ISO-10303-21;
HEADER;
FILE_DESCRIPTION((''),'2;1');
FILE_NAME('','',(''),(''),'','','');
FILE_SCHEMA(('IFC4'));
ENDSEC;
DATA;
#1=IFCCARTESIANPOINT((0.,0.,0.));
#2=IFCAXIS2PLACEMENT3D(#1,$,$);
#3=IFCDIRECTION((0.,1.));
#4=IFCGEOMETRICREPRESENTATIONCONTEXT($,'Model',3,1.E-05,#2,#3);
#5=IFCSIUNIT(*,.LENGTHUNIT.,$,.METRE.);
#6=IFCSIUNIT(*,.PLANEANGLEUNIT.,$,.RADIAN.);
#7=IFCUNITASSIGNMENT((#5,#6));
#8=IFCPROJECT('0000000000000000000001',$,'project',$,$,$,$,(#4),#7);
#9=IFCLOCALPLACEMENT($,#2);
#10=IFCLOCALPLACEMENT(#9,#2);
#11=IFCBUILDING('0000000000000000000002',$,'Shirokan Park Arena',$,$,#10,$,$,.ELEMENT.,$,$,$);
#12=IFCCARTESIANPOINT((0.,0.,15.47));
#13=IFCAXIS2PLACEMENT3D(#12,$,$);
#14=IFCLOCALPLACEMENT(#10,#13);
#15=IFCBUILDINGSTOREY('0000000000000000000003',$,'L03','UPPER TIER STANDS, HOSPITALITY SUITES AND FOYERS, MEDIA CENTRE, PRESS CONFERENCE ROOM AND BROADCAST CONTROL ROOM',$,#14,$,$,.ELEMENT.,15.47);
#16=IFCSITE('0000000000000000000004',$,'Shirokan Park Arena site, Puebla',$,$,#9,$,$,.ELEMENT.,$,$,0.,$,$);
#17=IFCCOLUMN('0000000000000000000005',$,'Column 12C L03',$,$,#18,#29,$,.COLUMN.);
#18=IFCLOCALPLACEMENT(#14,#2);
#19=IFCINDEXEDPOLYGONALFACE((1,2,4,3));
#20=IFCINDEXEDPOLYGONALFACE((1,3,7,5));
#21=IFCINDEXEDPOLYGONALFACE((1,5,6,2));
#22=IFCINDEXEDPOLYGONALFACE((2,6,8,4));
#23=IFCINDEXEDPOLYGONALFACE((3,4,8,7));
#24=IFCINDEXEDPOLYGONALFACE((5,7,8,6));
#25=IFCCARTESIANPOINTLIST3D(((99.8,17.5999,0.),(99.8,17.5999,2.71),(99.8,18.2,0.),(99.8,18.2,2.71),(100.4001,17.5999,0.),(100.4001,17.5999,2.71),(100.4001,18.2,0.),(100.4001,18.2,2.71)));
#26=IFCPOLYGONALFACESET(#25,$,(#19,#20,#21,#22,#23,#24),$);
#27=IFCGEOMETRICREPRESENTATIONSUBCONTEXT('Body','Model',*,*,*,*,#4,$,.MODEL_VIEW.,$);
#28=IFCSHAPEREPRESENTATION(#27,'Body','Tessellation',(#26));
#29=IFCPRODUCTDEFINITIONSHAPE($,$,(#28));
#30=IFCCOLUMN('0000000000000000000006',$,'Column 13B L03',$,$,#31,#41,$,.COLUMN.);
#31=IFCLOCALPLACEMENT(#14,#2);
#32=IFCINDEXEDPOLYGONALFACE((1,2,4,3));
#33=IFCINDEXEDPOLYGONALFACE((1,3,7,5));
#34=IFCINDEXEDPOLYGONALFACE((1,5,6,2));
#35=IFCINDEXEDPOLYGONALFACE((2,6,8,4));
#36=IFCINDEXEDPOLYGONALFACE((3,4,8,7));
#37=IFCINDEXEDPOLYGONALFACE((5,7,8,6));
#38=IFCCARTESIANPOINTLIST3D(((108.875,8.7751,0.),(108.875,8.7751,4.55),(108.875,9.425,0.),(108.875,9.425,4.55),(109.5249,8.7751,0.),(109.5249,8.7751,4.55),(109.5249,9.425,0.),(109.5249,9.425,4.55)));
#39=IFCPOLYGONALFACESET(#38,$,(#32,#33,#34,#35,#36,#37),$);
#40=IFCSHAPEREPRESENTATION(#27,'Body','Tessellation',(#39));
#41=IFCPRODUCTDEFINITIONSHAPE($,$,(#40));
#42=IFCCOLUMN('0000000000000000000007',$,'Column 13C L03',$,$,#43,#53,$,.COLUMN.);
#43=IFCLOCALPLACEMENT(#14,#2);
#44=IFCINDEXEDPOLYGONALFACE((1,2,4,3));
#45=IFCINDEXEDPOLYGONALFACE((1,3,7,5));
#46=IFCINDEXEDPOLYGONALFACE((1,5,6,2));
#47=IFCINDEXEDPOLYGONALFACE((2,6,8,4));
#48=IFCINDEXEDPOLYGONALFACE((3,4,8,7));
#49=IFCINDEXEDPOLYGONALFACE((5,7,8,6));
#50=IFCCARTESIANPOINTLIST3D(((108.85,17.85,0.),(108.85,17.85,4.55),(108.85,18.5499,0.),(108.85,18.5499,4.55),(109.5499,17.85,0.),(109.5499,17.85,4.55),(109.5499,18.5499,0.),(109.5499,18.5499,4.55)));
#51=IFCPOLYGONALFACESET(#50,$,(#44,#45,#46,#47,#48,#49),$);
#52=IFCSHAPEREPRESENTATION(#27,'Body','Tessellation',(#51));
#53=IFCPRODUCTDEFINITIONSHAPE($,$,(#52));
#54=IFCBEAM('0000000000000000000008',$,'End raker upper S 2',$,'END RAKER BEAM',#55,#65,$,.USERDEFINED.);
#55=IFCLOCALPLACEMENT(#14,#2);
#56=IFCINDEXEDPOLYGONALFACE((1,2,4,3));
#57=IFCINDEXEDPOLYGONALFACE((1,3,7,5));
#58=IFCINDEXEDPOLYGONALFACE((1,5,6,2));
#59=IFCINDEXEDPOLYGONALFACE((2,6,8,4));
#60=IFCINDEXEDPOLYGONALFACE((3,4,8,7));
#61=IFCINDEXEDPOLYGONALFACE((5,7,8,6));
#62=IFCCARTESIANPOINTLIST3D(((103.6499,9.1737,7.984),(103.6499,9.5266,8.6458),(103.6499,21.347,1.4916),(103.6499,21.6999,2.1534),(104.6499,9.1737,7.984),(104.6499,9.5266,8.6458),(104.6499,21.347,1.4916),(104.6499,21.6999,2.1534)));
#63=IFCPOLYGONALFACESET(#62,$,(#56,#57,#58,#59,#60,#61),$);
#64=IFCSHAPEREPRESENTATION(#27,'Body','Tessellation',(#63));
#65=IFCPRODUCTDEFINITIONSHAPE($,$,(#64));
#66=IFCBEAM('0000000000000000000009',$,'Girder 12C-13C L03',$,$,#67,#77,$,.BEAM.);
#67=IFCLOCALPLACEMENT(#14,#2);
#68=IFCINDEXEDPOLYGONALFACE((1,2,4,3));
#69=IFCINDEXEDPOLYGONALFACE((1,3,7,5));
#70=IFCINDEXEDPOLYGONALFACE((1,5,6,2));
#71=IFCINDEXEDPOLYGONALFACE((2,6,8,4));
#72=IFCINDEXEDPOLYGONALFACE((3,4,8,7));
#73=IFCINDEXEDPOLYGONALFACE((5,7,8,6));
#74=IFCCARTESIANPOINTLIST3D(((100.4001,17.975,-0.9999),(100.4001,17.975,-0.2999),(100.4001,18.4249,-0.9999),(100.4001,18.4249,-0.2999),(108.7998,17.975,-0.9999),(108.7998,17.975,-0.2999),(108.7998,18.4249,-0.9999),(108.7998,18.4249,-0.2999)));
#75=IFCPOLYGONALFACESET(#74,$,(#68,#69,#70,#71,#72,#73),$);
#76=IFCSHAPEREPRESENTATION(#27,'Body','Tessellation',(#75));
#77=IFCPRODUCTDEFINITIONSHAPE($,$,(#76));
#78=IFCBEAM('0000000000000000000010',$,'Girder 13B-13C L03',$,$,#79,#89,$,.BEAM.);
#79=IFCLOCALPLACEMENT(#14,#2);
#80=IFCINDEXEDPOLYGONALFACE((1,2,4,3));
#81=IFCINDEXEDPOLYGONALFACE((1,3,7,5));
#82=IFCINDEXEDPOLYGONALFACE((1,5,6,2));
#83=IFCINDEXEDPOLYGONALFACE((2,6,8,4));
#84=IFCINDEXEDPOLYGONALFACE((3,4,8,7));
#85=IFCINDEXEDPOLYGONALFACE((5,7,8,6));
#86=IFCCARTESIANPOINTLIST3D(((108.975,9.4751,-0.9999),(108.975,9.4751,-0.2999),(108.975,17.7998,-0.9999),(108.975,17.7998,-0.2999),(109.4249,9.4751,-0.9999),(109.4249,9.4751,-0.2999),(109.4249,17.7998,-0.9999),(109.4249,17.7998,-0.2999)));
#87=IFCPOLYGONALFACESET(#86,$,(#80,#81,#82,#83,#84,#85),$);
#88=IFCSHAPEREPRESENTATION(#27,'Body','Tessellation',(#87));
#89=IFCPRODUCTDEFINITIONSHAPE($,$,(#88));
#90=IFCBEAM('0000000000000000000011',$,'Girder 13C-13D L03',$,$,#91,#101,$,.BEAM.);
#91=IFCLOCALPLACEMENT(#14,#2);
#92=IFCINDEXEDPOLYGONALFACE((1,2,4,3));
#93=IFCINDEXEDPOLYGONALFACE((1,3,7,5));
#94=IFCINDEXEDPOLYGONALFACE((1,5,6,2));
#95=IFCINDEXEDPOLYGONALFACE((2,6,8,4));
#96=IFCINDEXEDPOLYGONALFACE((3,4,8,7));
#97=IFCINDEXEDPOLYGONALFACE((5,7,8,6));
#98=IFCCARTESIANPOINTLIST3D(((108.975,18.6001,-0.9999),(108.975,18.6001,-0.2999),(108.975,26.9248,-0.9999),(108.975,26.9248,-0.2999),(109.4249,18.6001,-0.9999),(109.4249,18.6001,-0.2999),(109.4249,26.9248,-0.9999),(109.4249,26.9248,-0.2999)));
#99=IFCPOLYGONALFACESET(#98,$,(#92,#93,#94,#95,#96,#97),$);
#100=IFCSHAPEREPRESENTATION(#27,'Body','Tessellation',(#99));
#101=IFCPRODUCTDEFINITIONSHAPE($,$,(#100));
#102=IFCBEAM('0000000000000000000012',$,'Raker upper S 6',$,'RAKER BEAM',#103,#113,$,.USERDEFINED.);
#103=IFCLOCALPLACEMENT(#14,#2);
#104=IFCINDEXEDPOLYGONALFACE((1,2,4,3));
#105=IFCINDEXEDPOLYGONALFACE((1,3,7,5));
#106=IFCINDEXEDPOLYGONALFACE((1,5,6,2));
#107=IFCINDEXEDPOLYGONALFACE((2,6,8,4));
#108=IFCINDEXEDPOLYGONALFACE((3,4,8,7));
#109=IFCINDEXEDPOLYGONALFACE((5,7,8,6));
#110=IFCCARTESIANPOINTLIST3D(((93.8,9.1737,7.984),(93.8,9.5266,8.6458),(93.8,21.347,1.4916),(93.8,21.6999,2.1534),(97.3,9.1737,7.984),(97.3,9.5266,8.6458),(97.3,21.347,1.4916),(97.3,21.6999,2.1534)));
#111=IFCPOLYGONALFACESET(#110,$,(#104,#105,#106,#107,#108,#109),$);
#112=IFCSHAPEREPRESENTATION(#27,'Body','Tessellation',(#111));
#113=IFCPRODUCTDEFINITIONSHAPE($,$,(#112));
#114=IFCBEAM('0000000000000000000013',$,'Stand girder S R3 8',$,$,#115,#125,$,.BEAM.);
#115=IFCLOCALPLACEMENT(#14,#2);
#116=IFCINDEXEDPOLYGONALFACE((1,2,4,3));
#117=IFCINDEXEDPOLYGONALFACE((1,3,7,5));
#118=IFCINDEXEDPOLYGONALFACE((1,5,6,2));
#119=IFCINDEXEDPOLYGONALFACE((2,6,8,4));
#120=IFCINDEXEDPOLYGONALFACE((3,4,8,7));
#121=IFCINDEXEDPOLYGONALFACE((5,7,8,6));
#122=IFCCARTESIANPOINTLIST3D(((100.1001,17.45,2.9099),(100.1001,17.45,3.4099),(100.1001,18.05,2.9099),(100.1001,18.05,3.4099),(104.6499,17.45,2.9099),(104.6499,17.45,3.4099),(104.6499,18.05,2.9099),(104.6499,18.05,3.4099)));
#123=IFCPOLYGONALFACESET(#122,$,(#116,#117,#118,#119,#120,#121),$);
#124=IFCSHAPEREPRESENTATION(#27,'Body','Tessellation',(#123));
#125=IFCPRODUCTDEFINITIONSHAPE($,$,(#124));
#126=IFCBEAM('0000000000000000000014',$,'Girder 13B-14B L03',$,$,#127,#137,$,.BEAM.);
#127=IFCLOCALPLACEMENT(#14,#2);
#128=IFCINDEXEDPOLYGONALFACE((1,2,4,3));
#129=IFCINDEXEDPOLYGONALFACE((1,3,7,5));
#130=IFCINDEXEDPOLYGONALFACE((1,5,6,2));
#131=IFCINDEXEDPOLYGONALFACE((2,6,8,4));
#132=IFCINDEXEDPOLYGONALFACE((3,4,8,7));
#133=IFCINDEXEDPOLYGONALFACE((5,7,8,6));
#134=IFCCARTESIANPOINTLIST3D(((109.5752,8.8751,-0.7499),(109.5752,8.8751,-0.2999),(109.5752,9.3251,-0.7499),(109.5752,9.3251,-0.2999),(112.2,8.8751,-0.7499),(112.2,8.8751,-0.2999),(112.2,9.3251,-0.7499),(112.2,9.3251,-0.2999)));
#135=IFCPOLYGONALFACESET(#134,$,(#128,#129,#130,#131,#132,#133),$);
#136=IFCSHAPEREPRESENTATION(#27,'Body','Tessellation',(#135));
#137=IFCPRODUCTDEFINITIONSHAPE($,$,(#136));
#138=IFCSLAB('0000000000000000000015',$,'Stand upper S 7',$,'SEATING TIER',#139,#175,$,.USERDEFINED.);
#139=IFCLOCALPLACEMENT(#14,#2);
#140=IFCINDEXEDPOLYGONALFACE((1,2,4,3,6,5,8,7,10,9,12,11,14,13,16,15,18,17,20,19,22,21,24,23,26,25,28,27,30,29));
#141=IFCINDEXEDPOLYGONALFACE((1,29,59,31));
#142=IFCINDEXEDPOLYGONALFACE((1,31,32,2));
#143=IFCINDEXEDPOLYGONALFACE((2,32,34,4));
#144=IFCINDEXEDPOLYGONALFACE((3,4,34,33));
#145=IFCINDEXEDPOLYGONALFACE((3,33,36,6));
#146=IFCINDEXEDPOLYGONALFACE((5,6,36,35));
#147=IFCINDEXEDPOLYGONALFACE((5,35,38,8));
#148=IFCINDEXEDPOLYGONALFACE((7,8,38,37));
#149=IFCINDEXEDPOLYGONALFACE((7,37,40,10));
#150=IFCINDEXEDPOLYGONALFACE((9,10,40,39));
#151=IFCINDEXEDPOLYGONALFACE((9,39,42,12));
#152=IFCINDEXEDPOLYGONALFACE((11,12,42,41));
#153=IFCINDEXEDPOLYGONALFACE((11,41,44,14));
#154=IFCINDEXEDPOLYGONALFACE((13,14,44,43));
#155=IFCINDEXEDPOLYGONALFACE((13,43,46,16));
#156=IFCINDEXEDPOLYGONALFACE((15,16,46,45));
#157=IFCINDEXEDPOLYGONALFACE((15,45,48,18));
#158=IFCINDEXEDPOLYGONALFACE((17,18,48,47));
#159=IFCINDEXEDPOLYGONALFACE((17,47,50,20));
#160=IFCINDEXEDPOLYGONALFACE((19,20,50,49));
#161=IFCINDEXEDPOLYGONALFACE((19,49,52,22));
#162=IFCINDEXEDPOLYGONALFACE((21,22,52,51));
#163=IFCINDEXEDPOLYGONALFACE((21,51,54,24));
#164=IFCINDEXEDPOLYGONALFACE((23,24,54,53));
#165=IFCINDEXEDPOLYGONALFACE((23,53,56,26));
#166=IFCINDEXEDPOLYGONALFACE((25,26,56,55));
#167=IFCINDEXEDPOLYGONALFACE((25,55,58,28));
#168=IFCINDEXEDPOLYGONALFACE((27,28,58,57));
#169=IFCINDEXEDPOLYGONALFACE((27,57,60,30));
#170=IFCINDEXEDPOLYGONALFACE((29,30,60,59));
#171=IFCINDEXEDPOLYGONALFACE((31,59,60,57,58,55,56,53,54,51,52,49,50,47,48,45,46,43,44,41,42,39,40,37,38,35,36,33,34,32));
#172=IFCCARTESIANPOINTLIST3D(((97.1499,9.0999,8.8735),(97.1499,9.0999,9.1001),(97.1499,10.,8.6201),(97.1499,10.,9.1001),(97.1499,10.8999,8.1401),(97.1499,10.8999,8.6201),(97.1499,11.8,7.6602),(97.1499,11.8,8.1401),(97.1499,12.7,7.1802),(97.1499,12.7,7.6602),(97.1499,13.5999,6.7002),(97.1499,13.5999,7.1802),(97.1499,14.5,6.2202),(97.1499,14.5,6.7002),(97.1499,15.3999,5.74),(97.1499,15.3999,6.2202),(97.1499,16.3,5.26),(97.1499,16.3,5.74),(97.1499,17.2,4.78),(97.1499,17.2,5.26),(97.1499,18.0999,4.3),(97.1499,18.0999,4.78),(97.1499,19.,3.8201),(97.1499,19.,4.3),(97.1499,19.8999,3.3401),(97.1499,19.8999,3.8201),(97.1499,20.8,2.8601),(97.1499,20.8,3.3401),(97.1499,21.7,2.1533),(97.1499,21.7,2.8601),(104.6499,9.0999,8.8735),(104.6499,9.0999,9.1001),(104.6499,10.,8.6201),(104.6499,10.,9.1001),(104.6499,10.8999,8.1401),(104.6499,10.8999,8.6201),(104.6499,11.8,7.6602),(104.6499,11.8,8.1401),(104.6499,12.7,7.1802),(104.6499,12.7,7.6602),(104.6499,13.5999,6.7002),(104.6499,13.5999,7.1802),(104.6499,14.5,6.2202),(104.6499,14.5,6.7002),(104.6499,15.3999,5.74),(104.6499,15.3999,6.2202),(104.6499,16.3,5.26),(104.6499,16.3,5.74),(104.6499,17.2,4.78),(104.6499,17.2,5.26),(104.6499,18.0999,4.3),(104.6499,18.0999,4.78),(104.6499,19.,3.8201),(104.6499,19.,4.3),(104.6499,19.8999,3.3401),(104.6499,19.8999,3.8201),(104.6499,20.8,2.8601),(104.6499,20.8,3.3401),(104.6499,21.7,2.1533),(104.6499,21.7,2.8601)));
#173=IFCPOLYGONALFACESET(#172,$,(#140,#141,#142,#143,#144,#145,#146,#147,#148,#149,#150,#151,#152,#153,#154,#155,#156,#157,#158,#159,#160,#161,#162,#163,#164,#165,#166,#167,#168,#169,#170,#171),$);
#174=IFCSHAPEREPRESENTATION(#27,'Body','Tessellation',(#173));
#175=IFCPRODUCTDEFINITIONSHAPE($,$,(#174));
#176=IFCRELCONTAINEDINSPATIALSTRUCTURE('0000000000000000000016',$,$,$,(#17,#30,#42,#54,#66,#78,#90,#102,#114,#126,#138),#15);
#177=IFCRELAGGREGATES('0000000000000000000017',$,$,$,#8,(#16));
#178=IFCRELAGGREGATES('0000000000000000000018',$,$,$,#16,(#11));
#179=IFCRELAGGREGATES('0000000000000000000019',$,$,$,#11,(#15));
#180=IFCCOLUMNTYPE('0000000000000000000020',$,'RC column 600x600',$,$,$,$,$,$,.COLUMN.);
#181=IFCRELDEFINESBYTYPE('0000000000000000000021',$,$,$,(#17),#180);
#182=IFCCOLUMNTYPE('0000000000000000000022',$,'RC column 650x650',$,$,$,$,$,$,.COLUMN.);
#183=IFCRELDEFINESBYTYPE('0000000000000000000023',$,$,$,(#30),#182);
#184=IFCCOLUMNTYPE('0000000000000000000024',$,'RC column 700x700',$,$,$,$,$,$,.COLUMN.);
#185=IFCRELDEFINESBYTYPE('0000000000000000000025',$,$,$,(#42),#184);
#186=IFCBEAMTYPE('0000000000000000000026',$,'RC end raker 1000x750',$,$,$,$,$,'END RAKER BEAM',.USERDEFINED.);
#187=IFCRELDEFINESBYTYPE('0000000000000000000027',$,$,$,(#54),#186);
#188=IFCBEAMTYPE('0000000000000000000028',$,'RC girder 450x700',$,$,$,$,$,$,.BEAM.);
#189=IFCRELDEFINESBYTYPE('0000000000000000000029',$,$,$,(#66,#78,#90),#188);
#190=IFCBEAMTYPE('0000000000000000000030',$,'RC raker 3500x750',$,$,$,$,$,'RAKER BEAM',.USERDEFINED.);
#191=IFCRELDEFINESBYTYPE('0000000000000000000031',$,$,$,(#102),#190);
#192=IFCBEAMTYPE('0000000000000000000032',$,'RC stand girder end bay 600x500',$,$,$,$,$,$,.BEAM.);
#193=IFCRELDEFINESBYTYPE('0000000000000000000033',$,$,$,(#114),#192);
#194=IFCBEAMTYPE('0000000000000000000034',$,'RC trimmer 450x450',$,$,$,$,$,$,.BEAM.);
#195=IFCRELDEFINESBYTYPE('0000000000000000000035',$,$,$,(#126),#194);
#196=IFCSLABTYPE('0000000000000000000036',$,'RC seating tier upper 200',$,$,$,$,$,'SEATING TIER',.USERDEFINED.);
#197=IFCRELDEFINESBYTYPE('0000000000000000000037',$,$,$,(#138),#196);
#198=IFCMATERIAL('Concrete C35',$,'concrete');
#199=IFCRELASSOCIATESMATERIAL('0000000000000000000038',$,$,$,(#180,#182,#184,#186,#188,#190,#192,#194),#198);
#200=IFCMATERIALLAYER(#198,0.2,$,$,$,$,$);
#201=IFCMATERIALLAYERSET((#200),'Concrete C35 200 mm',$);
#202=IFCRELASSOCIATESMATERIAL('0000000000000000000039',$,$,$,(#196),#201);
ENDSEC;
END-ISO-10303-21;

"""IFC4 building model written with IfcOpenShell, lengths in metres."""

from ifc_helpers import new_model, si_unit, direction, frame, origin, origin_2d, place, context, subcontext, project, spatial, polyline, rectangle, outline, extrude, material, layer, layer_set, material_profile, profile_set, type_object, element, save


model = new_model("IFC4")

# Units and contexts
model_context = context("Model", 3, precision=1e-05, world=origin(), true_north=direction((0.0, 1.0)))
body_context = subcontext(model_context, "Body", "Model", "MODEL_VIEW")
ifc_project = project(units=[si_unit("LENGTHUNIT", "METRE"), si_unit("PLANEANGLEUNIT", "RADIAN")], contexts=[model_context])

# Site, building, storey
site_placement = place(None, origin())
site = spatial("IfcSite", under=ifc_project, at=site_placement, Name="Shirokan Park Arena site, Puebla", CompositionType="ELEMENT", RefElevation=0.0)
building_placement = place(site_placement, origin())
building = spatial("IfcBuilding", under=site, at=building_placement, Name="Shirokan Park Arena", CompositionType="ELEMENT")
storey_placement = place(building_placement, frame((0.0, 0.0, 15.47)))
storey = spatial("IfcBuildingStorey", under=building, at=storey_placement, Name="L03", Description="UPPER TIER STANDS, HOSPITALITY SUITES AND FOYERS, MEDIA CENTRE, PRESS CONFERENCE ROOM AND BROADCAST CONTROL ROOM", CompositionType="ELEMENT", Elevation=15.47)

# Columns
ifc_material_1 = material(Name="Concrete C35", Category="concrete")
ifc_material_profile_1 = material_profile(ifc_material_1, rectangle(XDim=0.6001, YDim=0.6001, at=origin_2d()), Name="600x600")
ifc_profile_set_1 = profile_set([ifc_material_profile_1], Name="Concrete C35")
column_type_1 = type_object("IfcColumnType", Name="RC column 600x600", PredefinedType="COLUMN", material=ifc_profile_set_1)
column_1_placement = place(storey_placement, frame((100.1001, 17.8999, 0.0), z_axis=(0.0, 0.0, 1.0), x_axis=(1.0, 0.0, 0.0)))
element("IfcColumn", 1, at=column_1_placement, inside=storey, type_object=column_type_1, Name="Column 12C L03", PredefinedType="COLUMN", context=body_context, shape_type="SweptSolid", body=[
    extrude(rectangle(XDim=0.6001, YDim=0.6001, at=origin_2d()), origin(), (0.0, 0.0, 1.0), 2.71),
])
ifc_material_profile_2 = material_profile(ifc_material_1, rectangle(XDim=0.6499, YDim=0.6499, at=origin_2d()), Name="650x650")
ifc_profile_set_2 = profile_set([ifc_material_profile_2], Name="Concrete C35")
column_type_2 = type_object("IfcColumnType", Name="RC column 650x650", PredefinedType="COLUMN", material=ifc_profile_set_2)
column_2_placement = place(storey_placement, frame((109.2, 9.1001, 0.0), z_axis=(0.0, 0.0, 1.0), x_axis=(1.0, 0.0, 0.0)))
element("IfcColumn", 2, at=column_2_placement, inside=storey, type_object=column_type_2, Name="Column 13B L03", PredefinedType="COLUMN", context=body_context, shape_type="SweptSolid", body=[
    extrude(rectangle(XDim=0.6499, YDim=0.6499, at=origin_2d()), origin(), (0.0, 0.0, 1.0), 4.55),
])
ifc_material_profile_3 = material_profile(ifc_material_1, rectangle(XDim=0.7, YDim=0.7, at=origin_2d()), Name="700x700")
ifc_profile_set_3 = profile_set([ifc_material_profile_3], Name="Concrete C35")
column_type_3 = type_object("IfcColumnType", Name="RC column 700x700", PredefinedType="COLUMN", material=ifc_profile_set_3)
column_3_placement = place(storey_placement, frame((109.2, 18.2, 0.0), z_axis=(0.0, 0.0, 1.0), x_axis=(1.0, 0.0, 0.0)))
element("IfcColumn", 3, at=column_3_placement, inside=storey, type_object=column_type_3, Name="Column 13C L03", PredefinedType="COLUMN", context=body_context, shape_type="SweptSolid", body=[
    extrude(rectangle(XDim=0.7, YDim=0.7, at=origin_2d()), origin(), (0.0, 0.0, 1.0), 4.55),
])

# Beams
ifc_material_profile_4 = material_profile(ifc_material_1, rectangle(XDim=1.0, YDim=0.75, at=origin_2d()), Name="1000x750")
ifc_profile_set_4 = profile_set([ifc_material_profile_4], Name="Concrete C35")
beam_type_1 = type_object("IfcBeamType", Name="RC end raker 1000x750", ElementType="END RAKER BEAM", PredefinedType="USERDEFINED", material=ifc_profile_set_4)
beam_1_placement = place(storey_placement, frame((104.1499, 21.5234, 1.8225), z_axis=(0.0, -0.882353, 0.470587), x_axis=(1.0, 0.0, 0.0)))
element("IfcBeam", 4, at=beam_1_placement, inside=storey, type_object=beam_type_1, Name="End raker upper S 2", ObjectType="END RAKER BEAM", PredefinedType="USERDEFINED", context=body_context, shape_type="SweptSolid", body=[
    extrude(rectangle(XDim=1.0, YDim=0.75, at=origin_2d()), origin(), (0.0, 0.0, 1.0), 13.7964),
])
ifc_material_profile_5 = material_profile(ifc_material_1, rectangle(XDim=0.45, YDim=0.7, at=origin_2d()), Name="450x700")
ifc_profile_set_5 = profile_set([ifc_material_profile_5], Name="Concrete C35")
beam_type_2 = type_object("IfcBeamType", Name="RC girder 450x700", PredefinedType="BEAM", material=ifc_profile_set_5)
beam_2_placement = place(storey_placement, frame((100.4001, 18.2, -0.6499), z_axis=(1.0, 0.0, 0.0), x_axis=(0.0, 1.0, 0.0)))
element("IfcBeam", 5, at=beam_2_placement, inside=storey, type_object=beam_type_2, Name="Girder 12C-13C L03", PredefinedType="BEAM", context=body_context, shape_type="SweptSolid", body=[
    extrude(rectangle(XDim=0.45, YDim=0.7, at=origin_2d()), origin(), (0.0, 0.0, 1.0), 8.3997),
])
for number, where, z_axis, x_axis, name in (
    (6, (109.2, 9.4751, -0.6499), (0.0, 1.0, 0.0), (-1.0, 0.0, 0.0), "Girder 13B-13C L03"),
    (7, (109.2, 18.6001, -0.6499), (0.0, 1.0, 0.0), (-1.0, 0.0, 0.0), "Girder 13C-13D L03"),
):
    element("IfcBeam", number, at=place(storey_placement, frame(where, z_axis=z_axis, x_axis=x_axis)), inside=storey, type_object=beam_type_2, Name=name, PredefinedType="BEAM", context=body_context, shape_type="SweptSolid", body=[
        extrude(rectangle(XDim=0.45, YDim=0.7, at=origin_2d()), origin(), (0.0, 0.0, 1.0), 8.3247),
    ])
ifc_material_profile_6 = material_profile(ifc_material_1, rectangle(XDim=3.5, YDim=0.75, at=origin_2d()), Name="3500x750")
ifc_profile_set_6 = profile_set([ifc_material_profile_6], Name="Concrete C35")
beam_type_3 = type_object("IfcBeamType", Name="RC raker 3500x750", ElementType="RAKER BEAM", PredefinedType="USERDEFINED", material=ifc_profile_set_6)
beam_3_placement = place(storey_placement, frame((95.55, 21.5234, 1.8225), z_axis=(0.0, -0.882353, 0.470587), x_axis=(1.0, 0.0, 0.0)))
element("IfcBeam", 8, at=beam_3_placement, inside=storey, type_object=beam_type_3, Name="Raker upper S 6", ObjectType="RAKER BEAM", PredefinedType="USERDEFINED", context=body_context, shape_type="SweptSolid", body=[
    extrude(rectangle(XDim=3.5, YDim=0.75, at=origin_2d()), origin(), (0.0, 0.0, 1.0), 13.7964),
])
ifc_material_profile_7 = material_profile(ifc_material_1, rectangle(XDim=0.6001, YDim=0.5, at=origin_2d()), Name="600x500")
ifc_profile_set_7 = profile_set([ifc_material_profile_7], Name="Concrete C35")
beam_type_4 = type_object("IfcBeamType", Name="RC stand girder end bay 600x500", PredefinedType="BEAM", material=ifc_profile_set_7)
beam_4_placement = place(storey_placement, frame((100.1001, 17.75, 3.1599), z_axis=(1.0, 0.0, 0.0), x_axis=(0.0, 1.0, 0.0)))
element("IfcBeam", 9, at=beam_4_placement, inside=storey, type_object=beam_type_4, Name="Stand girder S R3 8", PredefinedType="BEAM", context=body_context, shape_type="SweptSolid", body=[
    extrude(rectangle(XDim=0.6001, YDim=0.5, at=origin_2d()), origin(), (0.0, 0.0, 1.0), 4.5498),
])
ifc_material_profile_8 = material_profile(ifc_material_1, rectangle(XDim=0.45, YDim=0.45, at=origin_2d()), Name="450x450")
ifc_profile_set_8 = profile_set([ifc_material_profile_8], Name="Concrete C35")
beam_type_5 = type_object("IfcBeamType", Name="RC trimmer 450x450", PredefinedType="BEAM", material=ifc_profile_set_8)
beam_5_placement = place(storey_placement, frame((109.5752, 9.1001, -0.5249), z_axis=(1.0, 0.0, 0.0), x_axis=(0.0, 1.0, 0.0)))
element("IfcBeam", 10, at=beam_5_placement, inside=storey, type_object=beam_type_5, Name="Girder 13B-14B L03", PredefinedType="BEAM", context=body_context, shape_type="SweptSolid", body=[
    extrude(rectangle(XDim=0.45, YDim=0.45, at=origin_2d()), origin(), (0.0, 0.0, 1.0), 2.6248),
])

# Slab
ifc_layer_1 = layer(ifc_material_1, 0.2)
ifc_layer_set_1 = layer_set([ifc_layer_1], Name="Concrete C35 200 mm")
slab_type = type_object("IfcSlabType", Name="RC seating tier upper 200", ElementType="SEATING TIER", PredefinedType="USERDEFINED", material=ifc_layer_set_1)
slab_placement = place(storey_placement, frame((100.8999, 21.7, 2.8601), z_axis=(0.0, 0.0, 1.0), x_axis=(0.0, -1.0, 0.0)))
element("IfcSlab", 11, at=slab_placement, inside=storey, type_object=slab_type, Name="Stand upper S 7", ObjectType="SEATING TIER", PredefinedType="USERDEFINED", context=body_context, shape_type="SweptSolid", body=[
    extrude(outline(polyline([(0.0, 0.0), (0.8999, 0.0), (0.8999, 0.48), (1.8, 0.48), (1.8, 0.96), (2.7, 0.96), (2.7, 1.4399), (3.6001, 1.4399), (3.6001, 1.9199), (4.5, 1.9199), (4.5, 2.3999), (5.3999, 2.3999), (5.3999, 2.8799), (6.3, 2.8799), (6.3, 3.3601), (7.2, 3.3601), (7.2, 3.8401), (8.1001, 3.8401), (8.1001, 4.3201), (9.0, 4.3201), (9.0, 4.8), (9.8999, 4.8), (9.8999, 5.28), (10.8, 5.28), (10.8, 5.76), (11.7, 5.76), (11.7, 6.24), (12.6001, 6.24), (12.6001, 6.0134), (0.0, -0.7068), (0.0, 0.0)])), frame((0.0, 3.75, 0.0), z_axis=(0.0, -1.0, 0.0), x_axis=(1.0, 0.0, 0.0)), (0.0, 0.0, 1.0), 7.5),
])

save(model, "model.ifc")
